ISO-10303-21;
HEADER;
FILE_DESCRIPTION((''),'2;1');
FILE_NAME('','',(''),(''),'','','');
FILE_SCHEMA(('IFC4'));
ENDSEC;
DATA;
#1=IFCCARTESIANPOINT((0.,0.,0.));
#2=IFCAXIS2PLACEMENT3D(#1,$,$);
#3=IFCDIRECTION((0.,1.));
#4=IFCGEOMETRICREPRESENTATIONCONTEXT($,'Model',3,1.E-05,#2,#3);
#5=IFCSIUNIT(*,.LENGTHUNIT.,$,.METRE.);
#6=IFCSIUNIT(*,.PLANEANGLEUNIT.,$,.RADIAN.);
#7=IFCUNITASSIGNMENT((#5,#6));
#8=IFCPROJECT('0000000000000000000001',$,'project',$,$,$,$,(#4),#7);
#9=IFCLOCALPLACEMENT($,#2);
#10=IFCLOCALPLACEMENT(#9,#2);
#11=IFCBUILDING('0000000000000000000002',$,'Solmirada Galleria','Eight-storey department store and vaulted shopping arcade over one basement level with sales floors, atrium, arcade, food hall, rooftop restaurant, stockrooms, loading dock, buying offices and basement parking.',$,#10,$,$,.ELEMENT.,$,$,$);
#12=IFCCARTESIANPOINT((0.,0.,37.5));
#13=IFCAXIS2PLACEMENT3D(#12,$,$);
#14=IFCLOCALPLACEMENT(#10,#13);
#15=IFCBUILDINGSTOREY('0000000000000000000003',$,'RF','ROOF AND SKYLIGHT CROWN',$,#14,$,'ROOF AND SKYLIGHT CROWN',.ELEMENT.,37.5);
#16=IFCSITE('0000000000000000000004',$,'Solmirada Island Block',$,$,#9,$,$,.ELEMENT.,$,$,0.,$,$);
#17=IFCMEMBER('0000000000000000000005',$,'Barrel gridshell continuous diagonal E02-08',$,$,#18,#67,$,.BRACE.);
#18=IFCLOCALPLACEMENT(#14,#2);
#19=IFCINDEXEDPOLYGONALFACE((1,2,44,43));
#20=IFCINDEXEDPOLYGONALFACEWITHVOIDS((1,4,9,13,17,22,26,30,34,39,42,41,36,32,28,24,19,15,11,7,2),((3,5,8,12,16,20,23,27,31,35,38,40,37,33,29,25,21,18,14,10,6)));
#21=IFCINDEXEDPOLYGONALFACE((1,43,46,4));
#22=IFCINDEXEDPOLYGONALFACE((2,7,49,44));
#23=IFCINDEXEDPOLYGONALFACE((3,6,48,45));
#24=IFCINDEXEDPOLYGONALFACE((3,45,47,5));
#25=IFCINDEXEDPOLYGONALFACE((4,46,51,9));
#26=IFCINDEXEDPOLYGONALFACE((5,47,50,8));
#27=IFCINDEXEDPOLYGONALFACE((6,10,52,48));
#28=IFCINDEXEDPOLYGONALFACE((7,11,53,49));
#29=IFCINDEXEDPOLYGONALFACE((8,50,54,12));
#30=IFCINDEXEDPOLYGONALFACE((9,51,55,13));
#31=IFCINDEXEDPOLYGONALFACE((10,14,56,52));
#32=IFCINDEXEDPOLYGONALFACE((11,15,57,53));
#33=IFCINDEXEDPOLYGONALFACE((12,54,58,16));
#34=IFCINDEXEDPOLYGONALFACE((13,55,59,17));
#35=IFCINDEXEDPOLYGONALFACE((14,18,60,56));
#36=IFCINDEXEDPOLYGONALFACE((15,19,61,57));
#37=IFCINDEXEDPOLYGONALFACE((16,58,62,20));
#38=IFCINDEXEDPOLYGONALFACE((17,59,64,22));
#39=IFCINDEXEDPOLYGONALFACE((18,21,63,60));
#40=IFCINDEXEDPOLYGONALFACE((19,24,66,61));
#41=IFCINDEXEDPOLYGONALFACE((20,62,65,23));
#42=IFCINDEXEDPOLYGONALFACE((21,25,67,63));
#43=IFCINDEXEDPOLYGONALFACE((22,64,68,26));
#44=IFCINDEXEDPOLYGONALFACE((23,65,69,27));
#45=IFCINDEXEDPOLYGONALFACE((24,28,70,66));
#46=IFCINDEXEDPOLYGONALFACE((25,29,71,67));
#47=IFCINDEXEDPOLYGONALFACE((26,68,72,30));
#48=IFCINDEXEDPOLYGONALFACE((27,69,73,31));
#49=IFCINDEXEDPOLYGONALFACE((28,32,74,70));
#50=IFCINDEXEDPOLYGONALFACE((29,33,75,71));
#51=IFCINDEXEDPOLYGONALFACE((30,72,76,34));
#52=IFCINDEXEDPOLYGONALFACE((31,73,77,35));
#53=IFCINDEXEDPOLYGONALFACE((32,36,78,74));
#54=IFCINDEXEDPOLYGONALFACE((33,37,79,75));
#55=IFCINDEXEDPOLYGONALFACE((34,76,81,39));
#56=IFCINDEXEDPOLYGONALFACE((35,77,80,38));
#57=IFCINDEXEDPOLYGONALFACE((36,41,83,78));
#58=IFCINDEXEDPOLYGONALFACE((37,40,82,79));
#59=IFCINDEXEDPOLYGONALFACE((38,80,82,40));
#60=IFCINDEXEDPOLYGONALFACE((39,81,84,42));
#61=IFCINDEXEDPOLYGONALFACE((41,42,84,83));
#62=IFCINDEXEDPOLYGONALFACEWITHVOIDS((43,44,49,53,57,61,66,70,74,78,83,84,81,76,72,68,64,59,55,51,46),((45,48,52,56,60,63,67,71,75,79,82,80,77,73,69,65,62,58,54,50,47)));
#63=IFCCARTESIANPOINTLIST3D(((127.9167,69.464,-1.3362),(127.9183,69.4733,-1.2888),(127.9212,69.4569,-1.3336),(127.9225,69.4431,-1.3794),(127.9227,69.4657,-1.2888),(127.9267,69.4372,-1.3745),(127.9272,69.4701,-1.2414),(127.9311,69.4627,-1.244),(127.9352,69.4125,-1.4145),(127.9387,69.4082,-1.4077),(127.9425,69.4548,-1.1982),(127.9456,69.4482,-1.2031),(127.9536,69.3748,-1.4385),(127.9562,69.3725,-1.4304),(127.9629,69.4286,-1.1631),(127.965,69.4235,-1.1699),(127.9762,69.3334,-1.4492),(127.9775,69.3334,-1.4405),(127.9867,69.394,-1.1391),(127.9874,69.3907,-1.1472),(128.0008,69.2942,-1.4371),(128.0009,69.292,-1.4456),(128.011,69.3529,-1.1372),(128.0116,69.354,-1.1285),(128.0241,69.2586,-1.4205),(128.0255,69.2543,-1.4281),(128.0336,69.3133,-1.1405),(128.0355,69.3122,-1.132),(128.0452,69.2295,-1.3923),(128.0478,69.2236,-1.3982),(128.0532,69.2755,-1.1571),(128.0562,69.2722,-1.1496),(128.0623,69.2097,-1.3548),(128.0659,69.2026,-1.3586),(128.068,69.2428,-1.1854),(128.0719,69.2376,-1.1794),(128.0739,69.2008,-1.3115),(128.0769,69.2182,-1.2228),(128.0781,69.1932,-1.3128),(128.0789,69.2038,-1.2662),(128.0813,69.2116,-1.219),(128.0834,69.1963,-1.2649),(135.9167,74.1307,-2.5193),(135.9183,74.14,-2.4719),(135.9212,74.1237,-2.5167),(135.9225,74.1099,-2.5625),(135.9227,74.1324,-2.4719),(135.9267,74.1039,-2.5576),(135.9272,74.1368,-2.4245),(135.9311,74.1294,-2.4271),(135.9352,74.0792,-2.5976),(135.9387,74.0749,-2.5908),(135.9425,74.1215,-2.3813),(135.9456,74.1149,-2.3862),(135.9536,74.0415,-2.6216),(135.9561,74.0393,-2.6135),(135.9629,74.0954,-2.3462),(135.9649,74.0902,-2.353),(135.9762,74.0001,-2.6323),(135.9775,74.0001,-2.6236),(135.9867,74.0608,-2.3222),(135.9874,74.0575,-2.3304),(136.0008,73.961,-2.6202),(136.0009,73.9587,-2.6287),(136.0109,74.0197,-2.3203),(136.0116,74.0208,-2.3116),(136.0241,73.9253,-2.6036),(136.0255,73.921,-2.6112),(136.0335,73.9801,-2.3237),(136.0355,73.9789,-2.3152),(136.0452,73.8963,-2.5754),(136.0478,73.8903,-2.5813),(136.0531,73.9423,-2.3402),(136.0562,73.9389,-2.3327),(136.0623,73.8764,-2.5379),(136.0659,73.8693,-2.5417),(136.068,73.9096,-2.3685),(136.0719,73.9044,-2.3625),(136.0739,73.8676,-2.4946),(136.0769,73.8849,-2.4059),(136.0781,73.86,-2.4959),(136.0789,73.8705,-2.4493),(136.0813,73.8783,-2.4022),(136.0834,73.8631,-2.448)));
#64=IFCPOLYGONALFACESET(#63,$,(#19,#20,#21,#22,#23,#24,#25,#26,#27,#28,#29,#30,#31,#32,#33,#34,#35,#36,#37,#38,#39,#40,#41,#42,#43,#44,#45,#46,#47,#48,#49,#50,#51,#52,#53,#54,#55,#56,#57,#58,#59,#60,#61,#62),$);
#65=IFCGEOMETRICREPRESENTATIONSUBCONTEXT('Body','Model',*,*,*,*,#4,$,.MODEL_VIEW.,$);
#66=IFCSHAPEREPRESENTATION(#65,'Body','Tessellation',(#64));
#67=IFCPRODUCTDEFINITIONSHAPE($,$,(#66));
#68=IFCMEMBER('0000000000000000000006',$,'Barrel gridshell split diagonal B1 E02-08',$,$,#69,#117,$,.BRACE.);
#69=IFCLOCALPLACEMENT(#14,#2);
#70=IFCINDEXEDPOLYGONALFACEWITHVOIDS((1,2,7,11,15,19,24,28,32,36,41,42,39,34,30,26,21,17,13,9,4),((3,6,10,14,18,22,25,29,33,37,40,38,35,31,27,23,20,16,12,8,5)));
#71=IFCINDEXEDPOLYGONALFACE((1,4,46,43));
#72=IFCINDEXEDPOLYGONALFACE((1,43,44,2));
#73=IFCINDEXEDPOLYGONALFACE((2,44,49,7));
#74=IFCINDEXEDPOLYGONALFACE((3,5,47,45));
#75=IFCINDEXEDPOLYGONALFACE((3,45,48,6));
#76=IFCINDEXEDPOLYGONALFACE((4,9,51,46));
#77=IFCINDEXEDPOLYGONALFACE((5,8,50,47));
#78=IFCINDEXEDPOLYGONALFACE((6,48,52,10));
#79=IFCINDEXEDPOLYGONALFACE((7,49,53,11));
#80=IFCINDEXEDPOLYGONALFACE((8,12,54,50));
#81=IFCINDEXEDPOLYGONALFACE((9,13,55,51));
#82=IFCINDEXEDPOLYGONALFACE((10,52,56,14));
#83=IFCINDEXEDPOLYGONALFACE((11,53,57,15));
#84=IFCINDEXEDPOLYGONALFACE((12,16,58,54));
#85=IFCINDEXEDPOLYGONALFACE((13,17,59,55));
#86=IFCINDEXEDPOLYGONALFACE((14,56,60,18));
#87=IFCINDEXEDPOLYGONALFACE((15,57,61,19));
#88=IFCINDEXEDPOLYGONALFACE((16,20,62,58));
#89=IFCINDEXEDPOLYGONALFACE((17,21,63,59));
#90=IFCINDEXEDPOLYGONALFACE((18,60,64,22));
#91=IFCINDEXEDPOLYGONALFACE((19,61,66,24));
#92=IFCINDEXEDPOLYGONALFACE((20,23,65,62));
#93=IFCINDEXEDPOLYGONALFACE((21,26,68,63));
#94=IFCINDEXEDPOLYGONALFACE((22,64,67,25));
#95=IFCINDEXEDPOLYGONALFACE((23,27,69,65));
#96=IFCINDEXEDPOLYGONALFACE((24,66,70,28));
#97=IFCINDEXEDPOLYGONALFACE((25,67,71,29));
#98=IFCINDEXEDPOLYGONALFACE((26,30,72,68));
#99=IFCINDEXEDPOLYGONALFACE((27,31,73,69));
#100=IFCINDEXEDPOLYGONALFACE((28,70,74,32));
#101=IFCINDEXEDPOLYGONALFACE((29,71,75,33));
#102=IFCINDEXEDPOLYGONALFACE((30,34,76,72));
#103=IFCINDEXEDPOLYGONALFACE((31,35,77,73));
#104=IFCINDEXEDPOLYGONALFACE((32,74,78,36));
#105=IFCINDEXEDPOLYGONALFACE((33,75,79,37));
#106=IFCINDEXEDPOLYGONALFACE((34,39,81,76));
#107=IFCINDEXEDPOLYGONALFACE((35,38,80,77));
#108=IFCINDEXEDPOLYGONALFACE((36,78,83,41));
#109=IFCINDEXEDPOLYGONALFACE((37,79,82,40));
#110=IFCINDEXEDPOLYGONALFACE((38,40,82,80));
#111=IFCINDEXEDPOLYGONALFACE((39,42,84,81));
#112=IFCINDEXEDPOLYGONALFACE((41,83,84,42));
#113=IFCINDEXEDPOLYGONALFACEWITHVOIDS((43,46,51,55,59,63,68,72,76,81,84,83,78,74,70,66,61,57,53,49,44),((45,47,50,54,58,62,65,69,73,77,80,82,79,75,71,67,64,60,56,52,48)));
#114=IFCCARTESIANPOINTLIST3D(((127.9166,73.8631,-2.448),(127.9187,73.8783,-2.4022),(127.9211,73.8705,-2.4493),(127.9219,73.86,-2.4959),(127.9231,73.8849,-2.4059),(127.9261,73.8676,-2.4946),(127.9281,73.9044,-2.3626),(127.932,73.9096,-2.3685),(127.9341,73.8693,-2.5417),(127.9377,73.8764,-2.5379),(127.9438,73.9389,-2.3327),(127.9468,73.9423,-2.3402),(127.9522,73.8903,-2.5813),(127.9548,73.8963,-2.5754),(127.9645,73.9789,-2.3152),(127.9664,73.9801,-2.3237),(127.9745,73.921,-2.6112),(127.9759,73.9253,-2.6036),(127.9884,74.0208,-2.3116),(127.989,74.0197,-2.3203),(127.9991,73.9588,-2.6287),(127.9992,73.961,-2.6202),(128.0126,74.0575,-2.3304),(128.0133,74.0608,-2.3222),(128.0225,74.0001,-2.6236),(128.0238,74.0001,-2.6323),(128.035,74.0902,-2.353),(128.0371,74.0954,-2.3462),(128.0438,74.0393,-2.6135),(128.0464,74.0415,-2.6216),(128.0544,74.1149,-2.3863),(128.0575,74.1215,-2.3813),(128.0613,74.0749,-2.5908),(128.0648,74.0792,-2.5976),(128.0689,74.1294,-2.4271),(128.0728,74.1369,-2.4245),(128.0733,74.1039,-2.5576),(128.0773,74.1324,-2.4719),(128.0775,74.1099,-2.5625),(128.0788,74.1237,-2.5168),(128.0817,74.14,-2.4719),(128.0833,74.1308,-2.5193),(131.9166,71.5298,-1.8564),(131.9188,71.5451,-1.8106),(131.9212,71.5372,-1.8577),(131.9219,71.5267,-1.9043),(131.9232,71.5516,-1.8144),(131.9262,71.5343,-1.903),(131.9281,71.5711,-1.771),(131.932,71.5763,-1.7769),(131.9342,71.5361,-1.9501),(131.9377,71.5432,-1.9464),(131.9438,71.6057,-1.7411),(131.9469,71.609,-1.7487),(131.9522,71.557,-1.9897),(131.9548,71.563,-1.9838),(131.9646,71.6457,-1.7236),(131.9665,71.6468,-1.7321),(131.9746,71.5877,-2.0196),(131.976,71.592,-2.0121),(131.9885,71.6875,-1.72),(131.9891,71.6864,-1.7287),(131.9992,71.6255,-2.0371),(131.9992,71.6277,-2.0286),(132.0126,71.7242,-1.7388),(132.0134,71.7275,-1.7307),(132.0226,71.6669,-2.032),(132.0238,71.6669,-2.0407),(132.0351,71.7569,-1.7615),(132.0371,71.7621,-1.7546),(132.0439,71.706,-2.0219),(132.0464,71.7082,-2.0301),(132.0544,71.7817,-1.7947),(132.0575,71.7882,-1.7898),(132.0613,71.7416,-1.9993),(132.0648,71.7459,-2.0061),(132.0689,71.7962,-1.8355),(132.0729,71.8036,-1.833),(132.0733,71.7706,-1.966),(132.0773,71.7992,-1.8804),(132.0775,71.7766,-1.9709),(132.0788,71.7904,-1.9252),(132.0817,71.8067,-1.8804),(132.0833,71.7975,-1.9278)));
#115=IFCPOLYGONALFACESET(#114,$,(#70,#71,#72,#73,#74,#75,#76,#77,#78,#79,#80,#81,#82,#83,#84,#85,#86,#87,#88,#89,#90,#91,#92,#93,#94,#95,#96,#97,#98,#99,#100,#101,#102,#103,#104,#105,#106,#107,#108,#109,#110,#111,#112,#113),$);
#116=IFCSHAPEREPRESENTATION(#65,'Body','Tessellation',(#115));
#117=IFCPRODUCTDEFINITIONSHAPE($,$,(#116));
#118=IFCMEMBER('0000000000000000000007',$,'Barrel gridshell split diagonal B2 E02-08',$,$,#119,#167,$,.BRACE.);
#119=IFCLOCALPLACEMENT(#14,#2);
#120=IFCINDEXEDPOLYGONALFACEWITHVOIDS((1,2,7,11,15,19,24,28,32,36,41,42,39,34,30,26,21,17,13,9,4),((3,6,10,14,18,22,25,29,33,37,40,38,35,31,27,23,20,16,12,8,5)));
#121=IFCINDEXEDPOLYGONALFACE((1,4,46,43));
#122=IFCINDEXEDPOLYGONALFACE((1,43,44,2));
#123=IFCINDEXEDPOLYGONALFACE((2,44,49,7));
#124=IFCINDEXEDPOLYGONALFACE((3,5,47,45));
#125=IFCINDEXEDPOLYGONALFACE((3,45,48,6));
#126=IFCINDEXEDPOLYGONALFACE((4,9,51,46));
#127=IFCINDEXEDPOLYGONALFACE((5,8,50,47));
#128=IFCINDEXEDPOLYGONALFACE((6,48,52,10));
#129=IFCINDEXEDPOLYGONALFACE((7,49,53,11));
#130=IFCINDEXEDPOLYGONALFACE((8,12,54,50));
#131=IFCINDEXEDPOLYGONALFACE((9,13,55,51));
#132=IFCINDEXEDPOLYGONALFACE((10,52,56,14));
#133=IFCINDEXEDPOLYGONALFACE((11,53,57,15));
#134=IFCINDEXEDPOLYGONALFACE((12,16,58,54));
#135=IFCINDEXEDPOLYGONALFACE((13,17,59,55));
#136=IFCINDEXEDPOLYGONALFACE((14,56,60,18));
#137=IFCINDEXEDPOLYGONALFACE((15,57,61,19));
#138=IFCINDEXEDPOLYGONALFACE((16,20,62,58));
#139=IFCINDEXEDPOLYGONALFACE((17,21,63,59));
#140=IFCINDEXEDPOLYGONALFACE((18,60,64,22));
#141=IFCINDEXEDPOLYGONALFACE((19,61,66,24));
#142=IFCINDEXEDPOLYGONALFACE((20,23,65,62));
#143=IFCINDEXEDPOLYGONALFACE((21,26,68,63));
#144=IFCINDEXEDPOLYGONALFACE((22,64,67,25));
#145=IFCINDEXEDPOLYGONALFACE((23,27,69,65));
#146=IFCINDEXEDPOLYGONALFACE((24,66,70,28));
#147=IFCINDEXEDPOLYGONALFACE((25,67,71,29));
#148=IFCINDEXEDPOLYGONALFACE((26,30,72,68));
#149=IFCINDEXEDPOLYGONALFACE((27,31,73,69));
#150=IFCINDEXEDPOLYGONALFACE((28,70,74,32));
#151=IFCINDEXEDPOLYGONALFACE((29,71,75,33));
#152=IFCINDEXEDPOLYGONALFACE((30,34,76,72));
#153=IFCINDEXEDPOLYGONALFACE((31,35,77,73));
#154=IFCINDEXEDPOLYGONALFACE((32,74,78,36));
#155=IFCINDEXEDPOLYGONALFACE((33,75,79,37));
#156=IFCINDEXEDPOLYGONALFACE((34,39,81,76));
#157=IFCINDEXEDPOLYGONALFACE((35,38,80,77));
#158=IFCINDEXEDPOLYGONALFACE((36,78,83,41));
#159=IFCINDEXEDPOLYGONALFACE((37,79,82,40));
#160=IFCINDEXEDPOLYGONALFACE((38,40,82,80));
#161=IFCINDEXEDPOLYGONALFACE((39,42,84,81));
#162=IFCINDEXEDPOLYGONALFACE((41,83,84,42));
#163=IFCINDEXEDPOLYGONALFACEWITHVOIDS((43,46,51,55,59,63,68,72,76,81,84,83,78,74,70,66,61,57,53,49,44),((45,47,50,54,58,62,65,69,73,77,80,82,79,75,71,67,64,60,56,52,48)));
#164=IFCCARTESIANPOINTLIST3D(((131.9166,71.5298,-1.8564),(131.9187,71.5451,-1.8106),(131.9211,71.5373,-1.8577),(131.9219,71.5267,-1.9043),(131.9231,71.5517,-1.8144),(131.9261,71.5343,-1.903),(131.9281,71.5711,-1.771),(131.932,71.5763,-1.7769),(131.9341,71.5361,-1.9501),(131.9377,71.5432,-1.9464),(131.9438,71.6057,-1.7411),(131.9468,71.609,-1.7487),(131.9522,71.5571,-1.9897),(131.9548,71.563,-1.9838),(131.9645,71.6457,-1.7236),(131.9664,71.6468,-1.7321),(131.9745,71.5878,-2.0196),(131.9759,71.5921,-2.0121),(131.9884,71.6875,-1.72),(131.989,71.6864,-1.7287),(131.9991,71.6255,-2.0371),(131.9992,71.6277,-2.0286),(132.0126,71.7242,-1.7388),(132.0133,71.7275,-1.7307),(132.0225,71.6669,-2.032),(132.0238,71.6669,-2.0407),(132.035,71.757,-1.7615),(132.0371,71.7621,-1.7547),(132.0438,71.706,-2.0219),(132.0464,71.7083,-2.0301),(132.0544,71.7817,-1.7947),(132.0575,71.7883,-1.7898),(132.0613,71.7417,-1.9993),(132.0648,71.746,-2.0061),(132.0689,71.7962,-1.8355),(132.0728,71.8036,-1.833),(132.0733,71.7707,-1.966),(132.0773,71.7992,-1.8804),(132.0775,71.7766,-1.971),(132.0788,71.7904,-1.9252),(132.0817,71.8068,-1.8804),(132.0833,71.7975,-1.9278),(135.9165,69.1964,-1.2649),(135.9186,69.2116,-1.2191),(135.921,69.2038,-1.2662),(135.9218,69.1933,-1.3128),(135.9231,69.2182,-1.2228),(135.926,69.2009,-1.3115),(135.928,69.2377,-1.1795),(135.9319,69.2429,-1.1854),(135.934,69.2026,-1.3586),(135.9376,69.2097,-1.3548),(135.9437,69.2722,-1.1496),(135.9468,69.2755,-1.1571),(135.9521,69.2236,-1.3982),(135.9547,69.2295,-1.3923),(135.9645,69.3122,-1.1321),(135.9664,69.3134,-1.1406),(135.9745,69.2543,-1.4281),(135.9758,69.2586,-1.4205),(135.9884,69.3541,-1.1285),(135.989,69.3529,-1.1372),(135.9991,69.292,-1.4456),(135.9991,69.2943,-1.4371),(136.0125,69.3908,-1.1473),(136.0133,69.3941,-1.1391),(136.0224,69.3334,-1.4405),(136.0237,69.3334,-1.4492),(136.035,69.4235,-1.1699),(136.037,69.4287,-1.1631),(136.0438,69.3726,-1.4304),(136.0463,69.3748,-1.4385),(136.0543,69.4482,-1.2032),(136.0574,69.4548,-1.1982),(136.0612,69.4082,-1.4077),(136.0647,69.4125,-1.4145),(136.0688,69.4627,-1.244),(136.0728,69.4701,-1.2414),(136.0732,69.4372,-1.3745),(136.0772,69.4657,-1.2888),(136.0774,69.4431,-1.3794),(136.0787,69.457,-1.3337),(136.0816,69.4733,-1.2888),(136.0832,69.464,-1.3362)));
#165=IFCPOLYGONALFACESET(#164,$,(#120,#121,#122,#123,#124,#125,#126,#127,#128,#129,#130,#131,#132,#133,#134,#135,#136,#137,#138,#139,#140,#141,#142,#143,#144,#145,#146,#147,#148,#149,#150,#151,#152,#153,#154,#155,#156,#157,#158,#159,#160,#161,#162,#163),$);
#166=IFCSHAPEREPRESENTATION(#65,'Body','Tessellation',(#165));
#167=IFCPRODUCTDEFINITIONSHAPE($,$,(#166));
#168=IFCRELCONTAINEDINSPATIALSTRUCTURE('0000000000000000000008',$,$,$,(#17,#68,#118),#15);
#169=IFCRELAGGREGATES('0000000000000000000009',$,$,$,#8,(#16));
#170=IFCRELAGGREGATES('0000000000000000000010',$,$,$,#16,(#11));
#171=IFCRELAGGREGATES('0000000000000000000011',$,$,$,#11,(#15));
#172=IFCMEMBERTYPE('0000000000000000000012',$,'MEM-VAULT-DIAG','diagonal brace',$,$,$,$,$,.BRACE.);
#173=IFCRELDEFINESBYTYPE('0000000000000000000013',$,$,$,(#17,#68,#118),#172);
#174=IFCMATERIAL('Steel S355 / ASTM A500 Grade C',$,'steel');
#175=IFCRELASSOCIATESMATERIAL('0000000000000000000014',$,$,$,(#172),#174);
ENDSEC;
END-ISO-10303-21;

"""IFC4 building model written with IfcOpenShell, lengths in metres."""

from ifc_helpers import new_model, si_unit, direction, frame, origin, origin_2d, place, context, subcontext, project, spatial, hollow_circle, extrude, material, material_profile, profile_set, type_object, element, save


model = new_model("IFC4")

# Units and contexts
model_context = context("Model", 3, precision=1e-05, world=origin(), true_north=direction((0.0, 1.0)))
body_context = subcontext(model_context, "Body", "Model", "MODEL_VIEW")
ifc_project = project(units=[si_unit("LENGTHUNIT", "METRE"), si_unit("PLANEANGLEUNIT", "RADIAN")], contexts=[model_context])

# Site, building, storey
site_placement = place(None, origin())
site = spatial("IfcSite", under=ifc_project, at=site_placement, Name="Solmirada Island Block", CompositionType="ELEMENT", RefElevation=0.0)
building_placement = place(site_placement, origin())
building = spatial("IfcBuilding", under=site, at=building_placement, Name="Solmirada Galleria", Description="Eight-storey department store and vaulted shopping arcade over one basement level with sales floors, atrium, arcade, food hall, rooftop restaurant, stockrooms, loading dock, buying offices and basement parking.", CompositionType="ELEMENT")
storey_placement = place(building_placement, frame((0.0, 0.0, 37.5)))
storey = spatial("IfcBuildingStorey", under=building, at=storey_placement, Name="RF", Description="ROOF AND SKYLIGHT CROWN", LongName="ROOF AND SKYLIGHT CROWN", CompositionType="ELEMENT", Elevation=37.5)

# Members
ifc_material_1 = material(Name="Steel S355 / ASTM A500 Grade C", Category="steel")
ifc_material_profile_1 = material_profile(ifc_material_1, hollow_circle(Radius=0.1621, WallThickness=0.0088, at=origin_2d()), Name="HSS12.750X0.375")
ifc_profile_set_1 = profile_set([ifc_material_profile_1], Name="Steel S355 / ASTM A500 Grade C")
member_type_1 = type_object("IfcMemberType", Name="MEM-VAULT-DIAG", Description="diagonal brace", PredefinedType="BRACE", material=ifc_profile_set_1)
member_1_placement = place(storey_placement, frame((128.0, 69.3333, -1.2888), z_axis=(0.856813, 0.499816, -0.126712), x_axis=(-0.503878, 0.863775, 0.0)))
element("IfcMember", 1, at=member_1_placement, inside=storey, type_object=member_type_1, Name="Barrel gridshell continuous diagonal E02-08", PredefinedType="BRACE", context=body_context, shape_type="SweptSolid", body=[
    extrude(hollow_circle(Radius=0.1621, WallThickness=0.0088, at=origin_2d()), origin(), (0.0, 0.0, 1.0), 9.3369),
])
for number, where, z_axis, x_axis, name in (
    (2, (128.0, 74.0, -2.4719), (0.856824, -0.499796, 0.126714), (0.503858, 0.863787, 0.0), "Barrel gridshell split diagonal B1 E02-08"),
    (3, (132.0, 71.6667, -1.8804), (0.856801, -0.499836, 0.126711), (0.503897, 0.863764, 0.0), "Barrel gridshell split diagonal B2 E02-08"),
):
    element("IfcMember", number, at=place(storey_placement, frame(where, z_axis=z_axis, x_axis=x_axis)), inside=storey, type_object=member_type_1, Name=name, PredefinedType="BRACE", context=body_context, shape_type="SweptSolid", body=[
        extrude(hollow_circle(Radius=0.1621, WallThickness=0.0088, at=origin_2d()), origin(), (0.0, 0.0, 1.0), 4.6685),
    ])

save(model, "model.ifc")
